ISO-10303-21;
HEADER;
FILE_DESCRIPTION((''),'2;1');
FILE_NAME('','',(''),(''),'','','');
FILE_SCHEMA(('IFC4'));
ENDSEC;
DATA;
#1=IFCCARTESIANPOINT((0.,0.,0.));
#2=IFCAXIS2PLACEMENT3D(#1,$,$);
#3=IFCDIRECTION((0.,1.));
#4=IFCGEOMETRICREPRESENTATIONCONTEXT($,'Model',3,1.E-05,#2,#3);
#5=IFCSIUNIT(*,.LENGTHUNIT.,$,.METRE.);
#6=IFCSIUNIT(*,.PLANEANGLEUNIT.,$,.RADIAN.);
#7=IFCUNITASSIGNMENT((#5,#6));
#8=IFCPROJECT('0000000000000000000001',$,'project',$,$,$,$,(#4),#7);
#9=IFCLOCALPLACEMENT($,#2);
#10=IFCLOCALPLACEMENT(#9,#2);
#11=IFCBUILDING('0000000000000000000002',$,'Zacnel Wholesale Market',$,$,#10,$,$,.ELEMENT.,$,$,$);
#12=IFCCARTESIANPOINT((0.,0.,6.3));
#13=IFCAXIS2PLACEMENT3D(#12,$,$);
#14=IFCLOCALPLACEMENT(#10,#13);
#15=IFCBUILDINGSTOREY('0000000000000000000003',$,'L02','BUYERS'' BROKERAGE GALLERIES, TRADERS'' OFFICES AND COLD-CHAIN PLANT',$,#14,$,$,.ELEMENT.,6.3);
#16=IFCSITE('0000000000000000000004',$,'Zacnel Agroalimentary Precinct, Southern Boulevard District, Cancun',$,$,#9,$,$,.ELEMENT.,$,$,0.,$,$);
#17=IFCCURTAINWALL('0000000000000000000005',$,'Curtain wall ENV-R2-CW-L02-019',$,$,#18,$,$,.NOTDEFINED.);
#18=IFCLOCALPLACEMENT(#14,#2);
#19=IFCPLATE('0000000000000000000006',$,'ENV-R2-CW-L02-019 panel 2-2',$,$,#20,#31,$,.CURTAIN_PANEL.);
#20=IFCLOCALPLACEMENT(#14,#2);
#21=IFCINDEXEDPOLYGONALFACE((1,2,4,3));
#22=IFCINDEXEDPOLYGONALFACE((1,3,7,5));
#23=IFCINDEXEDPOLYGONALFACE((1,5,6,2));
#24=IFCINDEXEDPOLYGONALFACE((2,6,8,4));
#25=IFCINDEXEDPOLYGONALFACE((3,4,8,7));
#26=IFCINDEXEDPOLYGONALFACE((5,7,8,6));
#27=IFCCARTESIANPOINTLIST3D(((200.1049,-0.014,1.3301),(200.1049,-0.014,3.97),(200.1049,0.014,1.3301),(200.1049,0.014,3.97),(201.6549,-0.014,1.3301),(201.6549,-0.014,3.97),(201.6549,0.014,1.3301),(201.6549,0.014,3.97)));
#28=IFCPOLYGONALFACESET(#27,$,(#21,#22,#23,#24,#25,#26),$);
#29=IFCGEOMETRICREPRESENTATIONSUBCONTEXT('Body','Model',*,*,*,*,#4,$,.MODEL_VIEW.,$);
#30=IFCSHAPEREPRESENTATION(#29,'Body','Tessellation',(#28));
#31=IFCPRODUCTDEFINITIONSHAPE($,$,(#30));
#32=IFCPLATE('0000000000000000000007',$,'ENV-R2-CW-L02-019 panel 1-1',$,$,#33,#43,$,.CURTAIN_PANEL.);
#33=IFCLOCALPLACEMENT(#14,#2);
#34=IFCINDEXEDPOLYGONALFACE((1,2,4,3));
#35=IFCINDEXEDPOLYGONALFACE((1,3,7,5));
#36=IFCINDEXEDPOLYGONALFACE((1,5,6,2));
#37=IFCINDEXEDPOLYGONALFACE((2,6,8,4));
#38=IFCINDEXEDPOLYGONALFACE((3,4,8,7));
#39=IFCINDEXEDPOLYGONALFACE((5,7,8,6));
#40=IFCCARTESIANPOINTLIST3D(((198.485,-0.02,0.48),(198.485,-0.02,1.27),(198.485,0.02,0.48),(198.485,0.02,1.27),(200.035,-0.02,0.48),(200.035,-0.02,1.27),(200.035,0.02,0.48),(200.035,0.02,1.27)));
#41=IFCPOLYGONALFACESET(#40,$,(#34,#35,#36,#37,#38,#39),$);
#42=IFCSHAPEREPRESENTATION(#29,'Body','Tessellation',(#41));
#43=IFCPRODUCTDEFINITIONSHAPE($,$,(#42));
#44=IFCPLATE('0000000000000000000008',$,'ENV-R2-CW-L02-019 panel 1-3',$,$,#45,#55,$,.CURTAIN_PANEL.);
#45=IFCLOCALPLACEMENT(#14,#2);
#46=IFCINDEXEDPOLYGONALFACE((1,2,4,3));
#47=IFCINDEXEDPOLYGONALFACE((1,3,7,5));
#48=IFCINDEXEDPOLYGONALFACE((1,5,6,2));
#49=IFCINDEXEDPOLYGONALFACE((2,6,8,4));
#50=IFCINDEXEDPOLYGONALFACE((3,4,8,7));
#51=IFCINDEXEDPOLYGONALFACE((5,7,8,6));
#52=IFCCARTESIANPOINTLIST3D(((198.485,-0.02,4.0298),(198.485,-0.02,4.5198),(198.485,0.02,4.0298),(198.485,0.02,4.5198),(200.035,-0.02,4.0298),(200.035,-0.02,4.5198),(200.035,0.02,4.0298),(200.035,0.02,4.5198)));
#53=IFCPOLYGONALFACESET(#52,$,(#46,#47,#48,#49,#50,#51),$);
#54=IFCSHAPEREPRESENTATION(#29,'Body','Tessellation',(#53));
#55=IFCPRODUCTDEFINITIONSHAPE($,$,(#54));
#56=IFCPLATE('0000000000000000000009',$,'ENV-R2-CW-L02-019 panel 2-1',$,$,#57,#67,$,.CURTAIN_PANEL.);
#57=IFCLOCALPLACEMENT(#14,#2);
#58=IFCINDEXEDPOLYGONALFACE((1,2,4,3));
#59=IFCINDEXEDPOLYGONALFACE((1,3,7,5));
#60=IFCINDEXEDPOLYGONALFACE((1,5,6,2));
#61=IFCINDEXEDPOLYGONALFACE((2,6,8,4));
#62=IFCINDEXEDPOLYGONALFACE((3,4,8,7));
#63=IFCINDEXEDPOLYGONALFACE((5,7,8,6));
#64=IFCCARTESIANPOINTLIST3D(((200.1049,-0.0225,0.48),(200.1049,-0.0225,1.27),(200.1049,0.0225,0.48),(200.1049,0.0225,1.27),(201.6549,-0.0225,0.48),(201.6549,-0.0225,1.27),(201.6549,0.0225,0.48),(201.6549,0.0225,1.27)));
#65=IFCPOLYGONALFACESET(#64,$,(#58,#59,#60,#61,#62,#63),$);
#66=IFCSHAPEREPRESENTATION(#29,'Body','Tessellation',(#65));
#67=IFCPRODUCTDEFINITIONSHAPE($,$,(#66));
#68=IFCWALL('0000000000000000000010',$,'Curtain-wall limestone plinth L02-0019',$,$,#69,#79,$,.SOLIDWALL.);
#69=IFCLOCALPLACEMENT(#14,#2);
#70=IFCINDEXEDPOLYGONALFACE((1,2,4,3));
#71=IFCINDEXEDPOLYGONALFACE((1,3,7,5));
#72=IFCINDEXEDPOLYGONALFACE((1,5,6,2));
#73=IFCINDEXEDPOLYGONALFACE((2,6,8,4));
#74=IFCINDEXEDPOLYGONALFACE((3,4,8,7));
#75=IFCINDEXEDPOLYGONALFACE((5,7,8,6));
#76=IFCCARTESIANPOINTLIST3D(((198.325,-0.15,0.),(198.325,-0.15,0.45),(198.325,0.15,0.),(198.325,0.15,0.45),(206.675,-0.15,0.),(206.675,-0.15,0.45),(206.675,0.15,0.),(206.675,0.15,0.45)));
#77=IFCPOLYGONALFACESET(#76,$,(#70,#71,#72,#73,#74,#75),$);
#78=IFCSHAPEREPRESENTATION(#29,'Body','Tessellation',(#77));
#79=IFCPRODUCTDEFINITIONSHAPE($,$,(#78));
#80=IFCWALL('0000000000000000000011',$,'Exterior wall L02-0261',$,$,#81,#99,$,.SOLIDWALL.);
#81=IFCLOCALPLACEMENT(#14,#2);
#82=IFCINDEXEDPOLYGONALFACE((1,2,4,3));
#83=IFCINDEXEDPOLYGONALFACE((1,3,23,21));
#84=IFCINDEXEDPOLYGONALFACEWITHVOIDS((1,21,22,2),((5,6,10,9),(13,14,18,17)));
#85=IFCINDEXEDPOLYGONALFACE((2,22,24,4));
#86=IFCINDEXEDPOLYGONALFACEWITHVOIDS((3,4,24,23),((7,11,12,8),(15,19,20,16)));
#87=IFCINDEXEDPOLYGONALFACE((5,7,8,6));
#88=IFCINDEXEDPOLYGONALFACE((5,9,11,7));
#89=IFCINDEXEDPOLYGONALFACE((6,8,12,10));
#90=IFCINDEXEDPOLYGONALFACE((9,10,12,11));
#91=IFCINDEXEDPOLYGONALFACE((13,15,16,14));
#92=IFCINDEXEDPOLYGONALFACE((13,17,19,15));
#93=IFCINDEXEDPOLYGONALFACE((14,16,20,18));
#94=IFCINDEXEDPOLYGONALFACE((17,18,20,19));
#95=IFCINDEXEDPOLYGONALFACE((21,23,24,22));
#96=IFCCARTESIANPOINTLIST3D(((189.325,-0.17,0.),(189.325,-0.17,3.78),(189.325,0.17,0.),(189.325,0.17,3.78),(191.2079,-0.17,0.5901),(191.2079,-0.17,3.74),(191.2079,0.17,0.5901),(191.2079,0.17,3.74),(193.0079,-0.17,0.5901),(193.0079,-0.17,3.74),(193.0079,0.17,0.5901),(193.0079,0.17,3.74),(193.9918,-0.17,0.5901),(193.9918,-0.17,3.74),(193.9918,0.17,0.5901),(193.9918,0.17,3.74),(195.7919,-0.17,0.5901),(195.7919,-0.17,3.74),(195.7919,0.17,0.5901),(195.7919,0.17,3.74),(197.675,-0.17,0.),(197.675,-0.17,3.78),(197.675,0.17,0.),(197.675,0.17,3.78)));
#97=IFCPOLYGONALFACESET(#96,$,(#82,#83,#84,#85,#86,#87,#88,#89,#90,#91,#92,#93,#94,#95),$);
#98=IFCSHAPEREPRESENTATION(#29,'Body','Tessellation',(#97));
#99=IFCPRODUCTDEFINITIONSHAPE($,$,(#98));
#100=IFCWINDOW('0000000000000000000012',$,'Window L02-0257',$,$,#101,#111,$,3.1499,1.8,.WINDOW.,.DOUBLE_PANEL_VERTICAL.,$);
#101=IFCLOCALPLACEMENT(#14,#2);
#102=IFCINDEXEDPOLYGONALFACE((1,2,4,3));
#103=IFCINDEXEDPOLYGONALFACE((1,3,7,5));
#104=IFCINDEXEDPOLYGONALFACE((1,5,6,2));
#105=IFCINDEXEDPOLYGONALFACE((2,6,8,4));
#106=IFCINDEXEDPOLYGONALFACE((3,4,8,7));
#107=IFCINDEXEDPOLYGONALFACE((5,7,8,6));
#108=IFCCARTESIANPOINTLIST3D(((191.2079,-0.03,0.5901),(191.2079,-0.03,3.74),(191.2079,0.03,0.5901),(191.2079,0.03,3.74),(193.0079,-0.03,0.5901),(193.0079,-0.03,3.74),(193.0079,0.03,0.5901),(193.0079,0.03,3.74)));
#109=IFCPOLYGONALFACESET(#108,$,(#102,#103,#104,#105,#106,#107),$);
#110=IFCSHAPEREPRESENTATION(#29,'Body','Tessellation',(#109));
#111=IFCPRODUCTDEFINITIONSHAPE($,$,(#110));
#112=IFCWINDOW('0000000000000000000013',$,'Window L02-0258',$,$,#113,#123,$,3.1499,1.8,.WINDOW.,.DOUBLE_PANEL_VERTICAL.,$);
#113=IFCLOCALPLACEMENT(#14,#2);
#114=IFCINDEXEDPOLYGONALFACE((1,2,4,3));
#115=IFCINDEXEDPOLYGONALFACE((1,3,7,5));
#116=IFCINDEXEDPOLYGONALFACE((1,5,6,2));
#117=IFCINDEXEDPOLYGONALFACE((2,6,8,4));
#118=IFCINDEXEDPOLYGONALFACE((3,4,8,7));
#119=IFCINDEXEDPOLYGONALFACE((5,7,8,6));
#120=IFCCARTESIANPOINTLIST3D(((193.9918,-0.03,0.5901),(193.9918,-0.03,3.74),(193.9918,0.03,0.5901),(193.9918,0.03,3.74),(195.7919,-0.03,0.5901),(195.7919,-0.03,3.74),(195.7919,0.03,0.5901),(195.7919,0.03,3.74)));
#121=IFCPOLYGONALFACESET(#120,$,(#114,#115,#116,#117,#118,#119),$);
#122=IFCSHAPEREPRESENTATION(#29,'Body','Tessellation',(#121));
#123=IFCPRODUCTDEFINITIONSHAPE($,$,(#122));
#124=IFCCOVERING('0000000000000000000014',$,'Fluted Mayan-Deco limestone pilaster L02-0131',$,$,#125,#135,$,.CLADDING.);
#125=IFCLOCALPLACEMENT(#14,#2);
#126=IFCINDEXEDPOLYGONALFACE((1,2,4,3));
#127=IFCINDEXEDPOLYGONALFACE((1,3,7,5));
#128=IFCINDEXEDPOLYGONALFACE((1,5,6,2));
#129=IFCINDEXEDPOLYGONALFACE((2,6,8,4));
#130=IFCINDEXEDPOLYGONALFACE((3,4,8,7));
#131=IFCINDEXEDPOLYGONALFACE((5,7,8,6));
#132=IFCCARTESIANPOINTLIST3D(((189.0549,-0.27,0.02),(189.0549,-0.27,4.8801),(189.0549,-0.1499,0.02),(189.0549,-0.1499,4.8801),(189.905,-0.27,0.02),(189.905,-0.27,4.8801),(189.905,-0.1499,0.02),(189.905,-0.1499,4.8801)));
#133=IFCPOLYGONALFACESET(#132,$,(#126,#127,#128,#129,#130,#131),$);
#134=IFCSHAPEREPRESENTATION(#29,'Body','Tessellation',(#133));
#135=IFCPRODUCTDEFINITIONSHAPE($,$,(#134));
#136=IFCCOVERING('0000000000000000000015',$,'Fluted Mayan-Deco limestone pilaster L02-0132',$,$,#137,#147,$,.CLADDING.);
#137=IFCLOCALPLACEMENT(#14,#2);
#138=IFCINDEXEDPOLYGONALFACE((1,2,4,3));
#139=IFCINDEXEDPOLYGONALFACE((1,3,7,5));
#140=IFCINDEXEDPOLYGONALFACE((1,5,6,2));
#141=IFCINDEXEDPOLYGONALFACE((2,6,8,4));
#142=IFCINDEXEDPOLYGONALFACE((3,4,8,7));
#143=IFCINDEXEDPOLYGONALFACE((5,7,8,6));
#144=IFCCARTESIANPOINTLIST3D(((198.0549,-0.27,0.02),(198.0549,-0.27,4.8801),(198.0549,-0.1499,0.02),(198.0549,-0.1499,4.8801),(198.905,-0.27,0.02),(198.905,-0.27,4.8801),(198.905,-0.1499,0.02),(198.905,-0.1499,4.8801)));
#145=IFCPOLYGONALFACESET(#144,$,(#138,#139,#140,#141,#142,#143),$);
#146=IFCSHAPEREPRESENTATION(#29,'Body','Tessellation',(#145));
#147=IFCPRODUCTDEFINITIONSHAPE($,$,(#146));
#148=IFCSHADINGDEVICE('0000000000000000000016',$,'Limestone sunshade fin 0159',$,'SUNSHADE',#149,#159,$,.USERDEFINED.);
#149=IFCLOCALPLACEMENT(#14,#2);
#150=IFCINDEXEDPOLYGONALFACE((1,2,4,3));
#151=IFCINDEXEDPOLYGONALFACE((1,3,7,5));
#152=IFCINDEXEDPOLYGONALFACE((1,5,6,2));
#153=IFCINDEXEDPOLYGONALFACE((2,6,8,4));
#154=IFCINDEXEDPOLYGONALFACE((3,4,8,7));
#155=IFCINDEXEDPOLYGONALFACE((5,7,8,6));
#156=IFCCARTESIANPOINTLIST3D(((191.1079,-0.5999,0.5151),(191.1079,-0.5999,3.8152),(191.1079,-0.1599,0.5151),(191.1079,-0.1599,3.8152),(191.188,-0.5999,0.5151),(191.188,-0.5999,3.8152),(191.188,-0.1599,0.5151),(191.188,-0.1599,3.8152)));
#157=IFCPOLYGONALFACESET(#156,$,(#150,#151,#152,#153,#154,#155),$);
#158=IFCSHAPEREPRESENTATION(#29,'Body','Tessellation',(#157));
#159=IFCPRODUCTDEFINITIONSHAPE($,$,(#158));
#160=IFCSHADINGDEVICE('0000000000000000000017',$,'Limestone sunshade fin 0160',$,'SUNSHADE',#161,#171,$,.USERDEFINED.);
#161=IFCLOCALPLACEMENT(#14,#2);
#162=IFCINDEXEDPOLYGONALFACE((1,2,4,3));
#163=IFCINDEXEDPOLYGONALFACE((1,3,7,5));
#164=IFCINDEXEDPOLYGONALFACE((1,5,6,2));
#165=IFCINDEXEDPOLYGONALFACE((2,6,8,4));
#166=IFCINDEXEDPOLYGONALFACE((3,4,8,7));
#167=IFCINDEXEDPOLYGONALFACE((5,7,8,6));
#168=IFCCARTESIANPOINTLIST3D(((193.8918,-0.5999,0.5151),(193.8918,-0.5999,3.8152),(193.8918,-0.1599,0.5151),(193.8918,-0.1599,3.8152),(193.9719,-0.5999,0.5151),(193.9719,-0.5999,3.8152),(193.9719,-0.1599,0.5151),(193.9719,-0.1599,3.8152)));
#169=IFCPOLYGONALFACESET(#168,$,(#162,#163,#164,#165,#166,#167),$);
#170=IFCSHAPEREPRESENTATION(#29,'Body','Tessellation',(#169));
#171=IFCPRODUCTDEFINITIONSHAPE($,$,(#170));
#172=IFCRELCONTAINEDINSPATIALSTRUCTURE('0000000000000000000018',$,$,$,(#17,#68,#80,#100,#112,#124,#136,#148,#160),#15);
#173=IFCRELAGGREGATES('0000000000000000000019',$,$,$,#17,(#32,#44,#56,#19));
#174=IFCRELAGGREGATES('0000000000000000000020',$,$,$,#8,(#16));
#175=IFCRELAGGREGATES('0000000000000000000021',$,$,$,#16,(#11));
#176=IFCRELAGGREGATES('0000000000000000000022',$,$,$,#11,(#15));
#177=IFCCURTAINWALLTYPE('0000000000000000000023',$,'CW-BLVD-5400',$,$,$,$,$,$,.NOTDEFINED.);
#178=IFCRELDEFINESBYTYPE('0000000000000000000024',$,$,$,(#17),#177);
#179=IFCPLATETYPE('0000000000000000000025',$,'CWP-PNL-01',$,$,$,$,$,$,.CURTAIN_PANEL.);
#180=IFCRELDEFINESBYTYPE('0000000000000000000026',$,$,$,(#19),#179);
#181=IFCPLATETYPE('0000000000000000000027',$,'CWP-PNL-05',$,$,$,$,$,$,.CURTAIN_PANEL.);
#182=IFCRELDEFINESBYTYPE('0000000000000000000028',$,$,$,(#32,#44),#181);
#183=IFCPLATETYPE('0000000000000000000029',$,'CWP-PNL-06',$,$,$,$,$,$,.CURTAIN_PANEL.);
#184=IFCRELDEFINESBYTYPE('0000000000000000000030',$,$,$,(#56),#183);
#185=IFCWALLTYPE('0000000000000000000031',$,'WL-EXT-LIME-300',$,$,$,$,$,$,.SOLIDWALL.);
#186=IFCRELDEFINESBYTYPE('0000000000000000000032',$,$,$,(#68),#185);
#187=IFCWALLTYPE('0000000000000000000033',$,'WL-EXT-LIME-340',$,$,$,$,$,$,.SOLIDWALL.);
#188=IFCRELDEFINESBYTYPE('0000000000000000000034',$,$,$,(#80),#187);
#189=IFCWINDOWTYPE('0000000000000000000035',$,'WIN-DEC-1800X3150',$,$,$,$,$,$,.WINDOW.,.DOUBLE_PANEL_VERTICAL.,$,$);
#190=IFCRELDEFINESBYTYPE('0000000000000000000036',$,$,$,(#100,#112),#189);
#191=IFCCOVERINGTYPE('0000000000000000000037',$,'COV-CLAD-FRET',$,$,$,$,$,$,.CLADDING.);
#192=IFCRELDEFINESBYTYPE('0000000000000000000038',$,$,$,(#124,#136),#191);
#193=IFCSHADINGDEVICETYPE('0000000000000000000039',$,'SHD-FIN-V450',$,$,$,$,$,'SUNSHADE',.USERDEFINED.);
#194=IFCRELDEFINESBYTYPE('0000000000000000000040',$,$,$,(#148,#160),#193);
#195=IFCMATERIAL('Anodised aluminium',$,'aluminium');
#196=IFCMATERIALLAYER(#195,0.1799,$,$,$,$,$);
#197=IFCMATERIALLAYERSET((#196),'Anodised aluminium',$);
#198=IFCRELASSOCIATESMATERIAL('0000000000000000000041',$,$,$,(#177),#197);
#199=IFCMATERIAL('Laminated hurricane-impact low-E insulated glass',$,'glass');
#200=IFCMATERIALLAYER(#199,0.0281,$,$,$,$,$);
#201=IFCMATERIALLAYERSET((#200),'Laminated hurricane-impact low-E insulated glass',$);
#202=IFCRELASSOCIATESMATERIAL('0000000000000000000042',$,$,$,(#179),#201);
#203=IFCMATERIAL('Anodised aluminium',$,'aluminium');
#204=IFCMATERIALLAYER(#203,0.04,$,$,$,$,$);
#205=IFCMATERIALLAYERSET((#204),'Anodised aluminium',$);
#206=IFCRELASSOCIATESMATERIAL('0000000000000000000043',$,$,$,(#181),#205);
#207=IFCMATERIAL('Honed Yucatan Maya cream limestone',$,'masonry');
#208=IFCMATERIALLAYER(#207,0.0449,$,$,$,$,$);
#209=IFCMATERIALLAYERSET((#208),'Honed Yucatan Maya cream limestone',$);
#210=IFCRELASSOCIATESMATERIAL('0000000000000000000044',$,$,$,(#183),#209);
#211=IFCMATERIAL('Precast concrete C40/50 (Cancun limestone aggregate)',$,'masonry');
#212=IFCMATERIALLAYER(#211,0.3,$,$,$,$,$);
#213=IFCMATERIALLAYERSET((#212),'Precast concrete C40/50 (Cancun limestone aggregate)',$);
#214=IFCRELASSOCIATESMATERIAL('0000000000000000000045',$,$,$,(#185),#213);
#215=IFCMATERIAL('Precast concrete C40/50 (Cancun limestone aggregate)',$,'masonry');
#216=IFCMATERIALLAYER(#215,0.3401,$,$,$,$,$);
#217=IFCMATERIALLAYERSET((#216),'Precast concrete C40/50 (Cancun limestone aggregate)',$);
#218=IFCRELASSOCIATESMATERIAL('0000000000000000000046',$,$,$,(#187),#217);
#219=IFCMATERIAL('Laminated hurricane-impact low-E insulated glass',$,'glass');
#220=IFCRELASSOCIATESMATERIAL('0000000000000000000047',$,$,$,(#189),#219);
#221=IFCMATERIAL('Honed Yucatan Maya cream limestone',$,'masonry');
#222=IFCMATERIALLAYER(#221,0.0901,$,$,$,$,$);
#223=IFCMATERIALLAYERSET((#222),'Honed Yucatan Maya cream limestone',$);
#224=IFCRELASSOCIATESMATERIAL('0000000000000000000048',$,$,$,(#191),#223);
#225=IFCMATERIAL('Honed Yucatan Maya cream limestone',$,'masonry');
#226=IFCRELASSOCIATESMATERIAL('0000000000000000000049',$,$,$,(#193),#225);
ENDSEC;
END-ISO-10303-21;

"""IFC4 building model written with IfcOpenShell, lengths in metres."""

from ifc_helpers import new_model, si_unit, direction, frame, frame_2d, origin, origin_2d, place, context, subcontext, project, spatial, rectangle, extrude, material, layer, layer_set, type_object, element, fill, aggregate, save


model = new_model("IFC4")

# Units and contexts
model_context = context("Model", 3, precision=1e-05, world=origin(), true_north=direction((0.0, 1.0)))
body_context = subcontext(model_context, "Body", "Model", "MODEL_VIEW")
ifc_project = project(units=[si_unit("LENGTHUNIT", "METRE"), si_unit("PLANEANGLEUNIT", "RADIAN")], contexts=[model_context])

# Site, building, storey
site_placement = place(None, origin())
site = spatial("IfcSite", under=ifc_project, at=site_placement, Name="Zacnel Agroalimentary Precinct, Southern Boulevard District, Cancun", CompositionType="ELEMENT", RefElevation=0.0)
building_placement = place(site_placement, origin())
building = spatial("IfcBuilding", under=site, at=building_placement, Name="Zacnel Wholesale Market", CompositionType="ELEMENT")
storey_placement = place(building_placement, frame((0.0, 0.0, 6.3)))
storey = spatial("IfcBuildingStorey", under=building, at=storey_placement, Name="L02", Description="BUYERS' BROKERAGE GALLERIES, TRADERS' OFFICES AND COLD-CHAIN PLANT", CompositionType="ELEMENT", Elevation=6.3)

# Curtain wall
ifc_material_1 = material(Name="Anodised aluminium", Category="aluminium")
ifc_layer_1 = layer(ifc_material_1, 0.1799)
ifc_layer_set_1 = layer_set([ifc_layer_1], Name="Anodised aluminium")
curtain_wall_type = type_object("IfcCurtainWallType", Name="CW-BLVD-5400", PredefinedType="NOTDEFINED", material=ifc_layer_set_1)
curtain_wall_placement = place(storey_placement, origin())
curtain_wall = element("IfcCurtainWall", 1, at=curtain_wall_placement, inside=storey, type_object=curtain_wall_type, Name="Curtain wall ENV-R2-CW-L02-019", PredefinedType="NOTDEFINED")

# Plates
ifc_material_2 = material(Name="Laminated hurricane-impact low-E insulated glass", Category="glass")
ifc_layer_2 = layer(ifc_material_2, 0.0281)
ifc_layer_set_2 = layer_set([ifc_layer_2], Name="Laminated hurricane-impact low-E insulated glass")
plate_type_1 = type_object("IfcPlateType", Name="CWP-PNL-01", PredefinedType="CURTAIN_PANEL", material=ifc_layer_set_2)
plate_1_placement = place(storey_placement, frame((200.8799, 0.0, 1.3301), z_axis=(0.0, 0.0, 1.0), x_axis=(1.0, 0.0, 0.0)))
plate_1 = element("IfcPlate", 2, at=plate_1_placement, type_object=plate_type_1, Name="ENV-R2-CW-L02-019 panel 2-2", PredefinedType="CURTAIN_PANEL", context=body_context, shape_type="SweptSolid", body=[
    extrude(rectangle(XDim=1.55, YDim=0.0281, at=origin_2d()), origin(), (0.0, 0.0, 1.0), 2.6399),
])
ifc_material_3 = material(Name="Anodised aluminium", Category="aluminium")
ifc_layer_3 = layer(ifc_material_3, 0.04)
ifc_layer_set_3 = layer_set([ifc_layer_3], Name="Anodised aluminium")
plate_type_2 = type_object("IfcPlateType", Name="CWP-PNL-05", PredefinedType="CURTAIN_PANEL", material=ifc_layer_set_3)
plate_2_placement = place(storey_placement, frame((199.26, 0.0, 0.48), z_axis=(0.0, 0.0, 1.0), x_axis=(1.0, 0.0, 0.0)))
plate_2 = element("IfcPlate", 3, at=plate_2_placement, type_object=plate_type_2, Name="ENV-R2-CW-L02-019 panel 1-1", PredefinedType="CURTAIN_PANEL", context=body_context, shape_type="SweptSolid", body=[
    extrude(rectangle(XDim=1.55, YDim=0.04, at=origin_2d()), origin(), (0.0, 0.0, 1.0), 0.79),
])
plate_3_placement = place(storey_placement, frame((199.26, 0.0, 4.0298), z_axis=(0.0, 0.0, 1.0), x_axis=(1.0, 0.0, 0.0)))
plate_3 = element("IfcPlate", 4, at=plate_3_placement, type_object=plate_type_2, Name="ENV-R2-CW-L02-019 panel 1-3", PredefinedType="CURTAIN_PANEL", context=body_context, shape_type="SweptSolid", body=[
    extrude(rectangle(XDim=1.55, YDim=0.04, at=origin_2d()), origin(), (0.0, 0.0, 1.0), 0.49),
])
ifc_material_4 = material(Name="Honed Yucatan Maya cream limestone", Category="masonry")
ifc_layer_4 = layer(ifc_material_4, 0.0449)
ifc_layer_set_4 = layer_set([ifc_layer_4], Name="Honed Yucatan Maya cream limestone")
plate_type_3 = type_object("IfcPlateType", Name="CWP-PNL-06", PredefinedType="CURTAIN_PANEL", material=ifc_layer_set_4)
plate_4_placement = place(storey_placement, frame((200.8799, 0.0, 0.48), z_axis=(0.0, 0.0, 1.0), x_axis=(1.0, 0.0, 0.0)))
plate_4 = element("IfcPlate", 5, at=plate_4_placement, type_object=plate_type_3, Name="ENV-R2-CW-L02-019 panel 2-1", PredefinedType="CURTAIN_PANEL", context=body_context, shape_type="SweptSolid", body=[
    extrude(rectangle(XDim=1.55, YDim=0.0449, at=origin_2d()), origin(), (0.0, 0.0, 1.0), 0.79),
])
aggregate(curtain_wall, [plate_2, plate_3, plate_4, plate_1])

# Wall
ifc_material_5 = material(Name="Precast concrete C40/50 (Cancun limestone aggregate)", Category="masonry")
ifc_layer_5 = layer(ifc_material_5, 0.3)
ifc_layer_set_5 = layer_set([ifc_layer_5], Name="Precast concrete C40/50 (Cancun limestone aggregate)")
wall_type_1 = type_object("IfcWallType", Name="WL-EXT-LIME-300", PredefinedType="SOLIDWALL", material=ifc_layer_set_5)
wall_1_placement = place(storey_placement, frame((198.325, 0.0, 0.0), z_axis=(0.0, 0.0, 1.0), x_axis=(1.0, 0.0, 0.0)))
element("IfcWall", 6, at=wall_1_placement, inside=storey, type_object=wall_type_1, Name="Curtain-wall limestone plinth L02-0019", PredefinedType="SOLIDWALL", context=body_context, shape_type="SweptSolid", body=[
    extrude(rectangle(XDim=8.3501, YDim=0.3, at=frame_2d((4.175, 0.0))), origin(), (0.0, 0.0, 1.0), 0.45),
])

# Wall, openings, windows
ifc_material_6 = material(Name="Precast concrete C40/50 (Cancun limestone aggregate)", Category="masonry")
ifc_layer_6 = layer(ifc_material_6, 0.3401)
ifc_layer_set_6 = layer_set([ifc_layer_6], Name="Precast concrete C40/50 (Cancun limestone aggregate)")
wall_type_2 = type_object("IfcWallType", Name="WL-EXT-LIME-340", PredefinedType="SOLIDWALL", material=ifc_layer_set_6)
wall_2_placement = place(storey_placement, frame((189.325, 0.0, 0.0), z_axis=(0.0, 0.0, 1.0), x_axis=(1.0, 0.0, 0.0)))
wall_2 = element("IfcWall", 7, at=wall_2_placement, inside=storey, type_object=wall_type_2, Name="Exterior wall L02-0261", PredefinedType="SOLIDWALL", context=body_context, shape_type="SweptSolid", body=[
    extrude(rectangle(XDim=8.3501, YDim=0.3401, at=frame_2d((4.175, 0.0))), origin(), (0.0, 0.0, 1.0), 3.78),
])
opening_1_placement = place(wall_2_placement, frame((1.8831, 0.0, 0.5901)))
opening_1 = element("IfcOpeningElement", 8, at=opening_1_placement, cuts=wall_2, PredefinedType="OPENING", context=body_context, shape_type="SweptSolid", body=[
    extrude(rectangle(XDim=1.8, YDim=3.1499, at=frame_2d((0.8999, 1.575))), frame((0.0, 0.1799, 0.0), z_axis=(0.0, -1.0, 0.0), x_axis=(1.0, 0.0, 0.0)), (0.0, 0.0, 1.0), 0.3601),
])
opening_2_placement = place(wall_2_placement, frame((4.667, 0.0, 0.5901)))
opening_2 = element("IfcOpeningElement", 9, at=opening_2_placement, cuts=wall_2, PredefinedType="OPENING", context=body_context, shape_type="SweptSolid", body=[
    extrude(rectangle(XDim=1.8, YDim=3.1499, at=frame_2d((0.8999, 1.575))), frame((0.0, 0.1799, 0.0), z_axis=(0.0, -1.0, 0.0), x_axis=(1.0, 0.0, 0.0)), (0.0, 0.0, 1.0), 0.3601),
])
ifc_material_7 = material(Name="Laminated hurricane-impact low-E insulated glass", Category="glass")
window_type = type_object("IfcWindowType", Name="WIN-DEC-1800X3150", PartitioningType="DOUBLE_PANEL_VERTICAL", PredefinedType="WINDOW", material=ifc_material_7)
window_1_placement = place(opening_1_placement, origin())
window_1 = element("IfcWindow", 10, at=window_1_placement, inside=storey, type_object=window_type, Name="Window L02-0257", OverallHeight=3.1499, OverallWidth=1.8, PartitioningType="DOUBLE_PANEL_VERTICAL", PredefinedType="WINDOW", context=body_context, shape_type="SweptSolid", body=[
    extrude(rectangle(XDim=1.8, YDim=3.1499, at=frame_2d((0.8999, 1.575))), frame((0.0, 0.03, 0.0), z_axis=(0.0, -1.0, 0.0), x_axis=(1.0, 0.0, 0.0)), (0.0, 0.0, 1.0), 0.0601),
])
fill(opening_1, window_1)
window_2_placement = place(opening_2_placement, origin())
window_2 = element("IfcWindow", 11, at=window_2_placement, inside=storey, type_object=window_type, Name="Window L02-0258", OverallHeight=3.1499, OverallWidth=1.8, PartitioningType="DOUBLE_PANEL_VERTICAL", PredefinedType="WINDOW", context=body_context, shape_type="SweptSolid", body=[
    extrude(rectangle(XDim=1.8, YDim=3.1499, at=frame_2d((0.8999, 1.575))), frame((0.0, 0.03, 0.0), z_axis=(0.0, -1.0, 0.0), x_axis=(1.0, 0.0, 0.0)), (0.0, 0.0, 1.0), 0.0601),
])
fill(opening_2, window_2)

# Coverings
ifc_material_8 = material(Name="Honed Yucatan Maya cream limestone", Category="masonry")
ifc_layer_7 = layer(ifc_material_8, 0.0901)
ifc_layer_set_7 = layer_set([ifc_layer_7], Name="Honed Yucatan Maya cream limestone")
covering_type = type_object("IfcCoveringType", Name="COV-CLAD-FRET", PredefinedType="CLADDING", material=ifc_layer_set_7)
for number, where, z_axis, x_axis, name in (
    (12, (189.48, -0.21, 0.02), (0.0, 0.0, 1.0), (1.0, 0.0, 0.0), "Fluted Mayan-Deco limestone pilaster L02-0131"),
    (13, (198.48, -0.21, 0.02), (0.0, 0.0, 1.0), (1.0, 0.0, 0.0), "Fluted Mayan-Deco limestone pilaster L02-0132"),
):
    element("IfcCovering", number, at=place(storey_placement, frame(where, z_axis=z_axis, x_axis=x_axis)), inside=storey, type_object=covering_type, Name=name, PredefinedType="CLADDING", context=body_context, shape_type="SweptSolid", body=[
        extrude(rectangle(XDim=0.8501, YDim=0.1201, at=origin_2d()), origin(), (0.0, 0.0, 1.0), 4.8601),
    ])

# Shading devices
ifc_material_9 = material(Name="Honed Yucatan Maya cream limestone", Category="masonry")
shading_device_type = type_object("IfcShadingDeviceType", Name="SHD-FIN-V450", ElementType="SUNSHADE", PredefinedType="USERDEFINED", material=ifc_material_9)
for number, where, z_axis, x_axis, name in (
    (14, (191.1479, -0.3799, 0.5151), (0.0, 0.0, 1.0), (1.0, 0.0, 0.0), "Limestone sunshade fin 0159"),
    (15, (193.9319, -0.3799, 0.5151), (0.0, 0.0, 1.0), (1.0, 0.0, 0.0), "Limestone sunshade fin 0160"),
):
    element("IfcShadingDevice", number, at=place(storey_placement, frame(where, z_axis=z_axis, x_axis=x_axis)), inside=storey, type_object=shading_device_type, Name=name, ObjectType="SUNSHADE", PredefinedType="USERDEFINED", context=body_context, shape_type="SweptSolid", body=[
        extrude(rectangle(XDim=0.0801, YDim=0.4399, at=origin_2d()), origin(), (0.0, 0.0, 1.0), 3.3),
    ])

save(model, "model.ifc")
